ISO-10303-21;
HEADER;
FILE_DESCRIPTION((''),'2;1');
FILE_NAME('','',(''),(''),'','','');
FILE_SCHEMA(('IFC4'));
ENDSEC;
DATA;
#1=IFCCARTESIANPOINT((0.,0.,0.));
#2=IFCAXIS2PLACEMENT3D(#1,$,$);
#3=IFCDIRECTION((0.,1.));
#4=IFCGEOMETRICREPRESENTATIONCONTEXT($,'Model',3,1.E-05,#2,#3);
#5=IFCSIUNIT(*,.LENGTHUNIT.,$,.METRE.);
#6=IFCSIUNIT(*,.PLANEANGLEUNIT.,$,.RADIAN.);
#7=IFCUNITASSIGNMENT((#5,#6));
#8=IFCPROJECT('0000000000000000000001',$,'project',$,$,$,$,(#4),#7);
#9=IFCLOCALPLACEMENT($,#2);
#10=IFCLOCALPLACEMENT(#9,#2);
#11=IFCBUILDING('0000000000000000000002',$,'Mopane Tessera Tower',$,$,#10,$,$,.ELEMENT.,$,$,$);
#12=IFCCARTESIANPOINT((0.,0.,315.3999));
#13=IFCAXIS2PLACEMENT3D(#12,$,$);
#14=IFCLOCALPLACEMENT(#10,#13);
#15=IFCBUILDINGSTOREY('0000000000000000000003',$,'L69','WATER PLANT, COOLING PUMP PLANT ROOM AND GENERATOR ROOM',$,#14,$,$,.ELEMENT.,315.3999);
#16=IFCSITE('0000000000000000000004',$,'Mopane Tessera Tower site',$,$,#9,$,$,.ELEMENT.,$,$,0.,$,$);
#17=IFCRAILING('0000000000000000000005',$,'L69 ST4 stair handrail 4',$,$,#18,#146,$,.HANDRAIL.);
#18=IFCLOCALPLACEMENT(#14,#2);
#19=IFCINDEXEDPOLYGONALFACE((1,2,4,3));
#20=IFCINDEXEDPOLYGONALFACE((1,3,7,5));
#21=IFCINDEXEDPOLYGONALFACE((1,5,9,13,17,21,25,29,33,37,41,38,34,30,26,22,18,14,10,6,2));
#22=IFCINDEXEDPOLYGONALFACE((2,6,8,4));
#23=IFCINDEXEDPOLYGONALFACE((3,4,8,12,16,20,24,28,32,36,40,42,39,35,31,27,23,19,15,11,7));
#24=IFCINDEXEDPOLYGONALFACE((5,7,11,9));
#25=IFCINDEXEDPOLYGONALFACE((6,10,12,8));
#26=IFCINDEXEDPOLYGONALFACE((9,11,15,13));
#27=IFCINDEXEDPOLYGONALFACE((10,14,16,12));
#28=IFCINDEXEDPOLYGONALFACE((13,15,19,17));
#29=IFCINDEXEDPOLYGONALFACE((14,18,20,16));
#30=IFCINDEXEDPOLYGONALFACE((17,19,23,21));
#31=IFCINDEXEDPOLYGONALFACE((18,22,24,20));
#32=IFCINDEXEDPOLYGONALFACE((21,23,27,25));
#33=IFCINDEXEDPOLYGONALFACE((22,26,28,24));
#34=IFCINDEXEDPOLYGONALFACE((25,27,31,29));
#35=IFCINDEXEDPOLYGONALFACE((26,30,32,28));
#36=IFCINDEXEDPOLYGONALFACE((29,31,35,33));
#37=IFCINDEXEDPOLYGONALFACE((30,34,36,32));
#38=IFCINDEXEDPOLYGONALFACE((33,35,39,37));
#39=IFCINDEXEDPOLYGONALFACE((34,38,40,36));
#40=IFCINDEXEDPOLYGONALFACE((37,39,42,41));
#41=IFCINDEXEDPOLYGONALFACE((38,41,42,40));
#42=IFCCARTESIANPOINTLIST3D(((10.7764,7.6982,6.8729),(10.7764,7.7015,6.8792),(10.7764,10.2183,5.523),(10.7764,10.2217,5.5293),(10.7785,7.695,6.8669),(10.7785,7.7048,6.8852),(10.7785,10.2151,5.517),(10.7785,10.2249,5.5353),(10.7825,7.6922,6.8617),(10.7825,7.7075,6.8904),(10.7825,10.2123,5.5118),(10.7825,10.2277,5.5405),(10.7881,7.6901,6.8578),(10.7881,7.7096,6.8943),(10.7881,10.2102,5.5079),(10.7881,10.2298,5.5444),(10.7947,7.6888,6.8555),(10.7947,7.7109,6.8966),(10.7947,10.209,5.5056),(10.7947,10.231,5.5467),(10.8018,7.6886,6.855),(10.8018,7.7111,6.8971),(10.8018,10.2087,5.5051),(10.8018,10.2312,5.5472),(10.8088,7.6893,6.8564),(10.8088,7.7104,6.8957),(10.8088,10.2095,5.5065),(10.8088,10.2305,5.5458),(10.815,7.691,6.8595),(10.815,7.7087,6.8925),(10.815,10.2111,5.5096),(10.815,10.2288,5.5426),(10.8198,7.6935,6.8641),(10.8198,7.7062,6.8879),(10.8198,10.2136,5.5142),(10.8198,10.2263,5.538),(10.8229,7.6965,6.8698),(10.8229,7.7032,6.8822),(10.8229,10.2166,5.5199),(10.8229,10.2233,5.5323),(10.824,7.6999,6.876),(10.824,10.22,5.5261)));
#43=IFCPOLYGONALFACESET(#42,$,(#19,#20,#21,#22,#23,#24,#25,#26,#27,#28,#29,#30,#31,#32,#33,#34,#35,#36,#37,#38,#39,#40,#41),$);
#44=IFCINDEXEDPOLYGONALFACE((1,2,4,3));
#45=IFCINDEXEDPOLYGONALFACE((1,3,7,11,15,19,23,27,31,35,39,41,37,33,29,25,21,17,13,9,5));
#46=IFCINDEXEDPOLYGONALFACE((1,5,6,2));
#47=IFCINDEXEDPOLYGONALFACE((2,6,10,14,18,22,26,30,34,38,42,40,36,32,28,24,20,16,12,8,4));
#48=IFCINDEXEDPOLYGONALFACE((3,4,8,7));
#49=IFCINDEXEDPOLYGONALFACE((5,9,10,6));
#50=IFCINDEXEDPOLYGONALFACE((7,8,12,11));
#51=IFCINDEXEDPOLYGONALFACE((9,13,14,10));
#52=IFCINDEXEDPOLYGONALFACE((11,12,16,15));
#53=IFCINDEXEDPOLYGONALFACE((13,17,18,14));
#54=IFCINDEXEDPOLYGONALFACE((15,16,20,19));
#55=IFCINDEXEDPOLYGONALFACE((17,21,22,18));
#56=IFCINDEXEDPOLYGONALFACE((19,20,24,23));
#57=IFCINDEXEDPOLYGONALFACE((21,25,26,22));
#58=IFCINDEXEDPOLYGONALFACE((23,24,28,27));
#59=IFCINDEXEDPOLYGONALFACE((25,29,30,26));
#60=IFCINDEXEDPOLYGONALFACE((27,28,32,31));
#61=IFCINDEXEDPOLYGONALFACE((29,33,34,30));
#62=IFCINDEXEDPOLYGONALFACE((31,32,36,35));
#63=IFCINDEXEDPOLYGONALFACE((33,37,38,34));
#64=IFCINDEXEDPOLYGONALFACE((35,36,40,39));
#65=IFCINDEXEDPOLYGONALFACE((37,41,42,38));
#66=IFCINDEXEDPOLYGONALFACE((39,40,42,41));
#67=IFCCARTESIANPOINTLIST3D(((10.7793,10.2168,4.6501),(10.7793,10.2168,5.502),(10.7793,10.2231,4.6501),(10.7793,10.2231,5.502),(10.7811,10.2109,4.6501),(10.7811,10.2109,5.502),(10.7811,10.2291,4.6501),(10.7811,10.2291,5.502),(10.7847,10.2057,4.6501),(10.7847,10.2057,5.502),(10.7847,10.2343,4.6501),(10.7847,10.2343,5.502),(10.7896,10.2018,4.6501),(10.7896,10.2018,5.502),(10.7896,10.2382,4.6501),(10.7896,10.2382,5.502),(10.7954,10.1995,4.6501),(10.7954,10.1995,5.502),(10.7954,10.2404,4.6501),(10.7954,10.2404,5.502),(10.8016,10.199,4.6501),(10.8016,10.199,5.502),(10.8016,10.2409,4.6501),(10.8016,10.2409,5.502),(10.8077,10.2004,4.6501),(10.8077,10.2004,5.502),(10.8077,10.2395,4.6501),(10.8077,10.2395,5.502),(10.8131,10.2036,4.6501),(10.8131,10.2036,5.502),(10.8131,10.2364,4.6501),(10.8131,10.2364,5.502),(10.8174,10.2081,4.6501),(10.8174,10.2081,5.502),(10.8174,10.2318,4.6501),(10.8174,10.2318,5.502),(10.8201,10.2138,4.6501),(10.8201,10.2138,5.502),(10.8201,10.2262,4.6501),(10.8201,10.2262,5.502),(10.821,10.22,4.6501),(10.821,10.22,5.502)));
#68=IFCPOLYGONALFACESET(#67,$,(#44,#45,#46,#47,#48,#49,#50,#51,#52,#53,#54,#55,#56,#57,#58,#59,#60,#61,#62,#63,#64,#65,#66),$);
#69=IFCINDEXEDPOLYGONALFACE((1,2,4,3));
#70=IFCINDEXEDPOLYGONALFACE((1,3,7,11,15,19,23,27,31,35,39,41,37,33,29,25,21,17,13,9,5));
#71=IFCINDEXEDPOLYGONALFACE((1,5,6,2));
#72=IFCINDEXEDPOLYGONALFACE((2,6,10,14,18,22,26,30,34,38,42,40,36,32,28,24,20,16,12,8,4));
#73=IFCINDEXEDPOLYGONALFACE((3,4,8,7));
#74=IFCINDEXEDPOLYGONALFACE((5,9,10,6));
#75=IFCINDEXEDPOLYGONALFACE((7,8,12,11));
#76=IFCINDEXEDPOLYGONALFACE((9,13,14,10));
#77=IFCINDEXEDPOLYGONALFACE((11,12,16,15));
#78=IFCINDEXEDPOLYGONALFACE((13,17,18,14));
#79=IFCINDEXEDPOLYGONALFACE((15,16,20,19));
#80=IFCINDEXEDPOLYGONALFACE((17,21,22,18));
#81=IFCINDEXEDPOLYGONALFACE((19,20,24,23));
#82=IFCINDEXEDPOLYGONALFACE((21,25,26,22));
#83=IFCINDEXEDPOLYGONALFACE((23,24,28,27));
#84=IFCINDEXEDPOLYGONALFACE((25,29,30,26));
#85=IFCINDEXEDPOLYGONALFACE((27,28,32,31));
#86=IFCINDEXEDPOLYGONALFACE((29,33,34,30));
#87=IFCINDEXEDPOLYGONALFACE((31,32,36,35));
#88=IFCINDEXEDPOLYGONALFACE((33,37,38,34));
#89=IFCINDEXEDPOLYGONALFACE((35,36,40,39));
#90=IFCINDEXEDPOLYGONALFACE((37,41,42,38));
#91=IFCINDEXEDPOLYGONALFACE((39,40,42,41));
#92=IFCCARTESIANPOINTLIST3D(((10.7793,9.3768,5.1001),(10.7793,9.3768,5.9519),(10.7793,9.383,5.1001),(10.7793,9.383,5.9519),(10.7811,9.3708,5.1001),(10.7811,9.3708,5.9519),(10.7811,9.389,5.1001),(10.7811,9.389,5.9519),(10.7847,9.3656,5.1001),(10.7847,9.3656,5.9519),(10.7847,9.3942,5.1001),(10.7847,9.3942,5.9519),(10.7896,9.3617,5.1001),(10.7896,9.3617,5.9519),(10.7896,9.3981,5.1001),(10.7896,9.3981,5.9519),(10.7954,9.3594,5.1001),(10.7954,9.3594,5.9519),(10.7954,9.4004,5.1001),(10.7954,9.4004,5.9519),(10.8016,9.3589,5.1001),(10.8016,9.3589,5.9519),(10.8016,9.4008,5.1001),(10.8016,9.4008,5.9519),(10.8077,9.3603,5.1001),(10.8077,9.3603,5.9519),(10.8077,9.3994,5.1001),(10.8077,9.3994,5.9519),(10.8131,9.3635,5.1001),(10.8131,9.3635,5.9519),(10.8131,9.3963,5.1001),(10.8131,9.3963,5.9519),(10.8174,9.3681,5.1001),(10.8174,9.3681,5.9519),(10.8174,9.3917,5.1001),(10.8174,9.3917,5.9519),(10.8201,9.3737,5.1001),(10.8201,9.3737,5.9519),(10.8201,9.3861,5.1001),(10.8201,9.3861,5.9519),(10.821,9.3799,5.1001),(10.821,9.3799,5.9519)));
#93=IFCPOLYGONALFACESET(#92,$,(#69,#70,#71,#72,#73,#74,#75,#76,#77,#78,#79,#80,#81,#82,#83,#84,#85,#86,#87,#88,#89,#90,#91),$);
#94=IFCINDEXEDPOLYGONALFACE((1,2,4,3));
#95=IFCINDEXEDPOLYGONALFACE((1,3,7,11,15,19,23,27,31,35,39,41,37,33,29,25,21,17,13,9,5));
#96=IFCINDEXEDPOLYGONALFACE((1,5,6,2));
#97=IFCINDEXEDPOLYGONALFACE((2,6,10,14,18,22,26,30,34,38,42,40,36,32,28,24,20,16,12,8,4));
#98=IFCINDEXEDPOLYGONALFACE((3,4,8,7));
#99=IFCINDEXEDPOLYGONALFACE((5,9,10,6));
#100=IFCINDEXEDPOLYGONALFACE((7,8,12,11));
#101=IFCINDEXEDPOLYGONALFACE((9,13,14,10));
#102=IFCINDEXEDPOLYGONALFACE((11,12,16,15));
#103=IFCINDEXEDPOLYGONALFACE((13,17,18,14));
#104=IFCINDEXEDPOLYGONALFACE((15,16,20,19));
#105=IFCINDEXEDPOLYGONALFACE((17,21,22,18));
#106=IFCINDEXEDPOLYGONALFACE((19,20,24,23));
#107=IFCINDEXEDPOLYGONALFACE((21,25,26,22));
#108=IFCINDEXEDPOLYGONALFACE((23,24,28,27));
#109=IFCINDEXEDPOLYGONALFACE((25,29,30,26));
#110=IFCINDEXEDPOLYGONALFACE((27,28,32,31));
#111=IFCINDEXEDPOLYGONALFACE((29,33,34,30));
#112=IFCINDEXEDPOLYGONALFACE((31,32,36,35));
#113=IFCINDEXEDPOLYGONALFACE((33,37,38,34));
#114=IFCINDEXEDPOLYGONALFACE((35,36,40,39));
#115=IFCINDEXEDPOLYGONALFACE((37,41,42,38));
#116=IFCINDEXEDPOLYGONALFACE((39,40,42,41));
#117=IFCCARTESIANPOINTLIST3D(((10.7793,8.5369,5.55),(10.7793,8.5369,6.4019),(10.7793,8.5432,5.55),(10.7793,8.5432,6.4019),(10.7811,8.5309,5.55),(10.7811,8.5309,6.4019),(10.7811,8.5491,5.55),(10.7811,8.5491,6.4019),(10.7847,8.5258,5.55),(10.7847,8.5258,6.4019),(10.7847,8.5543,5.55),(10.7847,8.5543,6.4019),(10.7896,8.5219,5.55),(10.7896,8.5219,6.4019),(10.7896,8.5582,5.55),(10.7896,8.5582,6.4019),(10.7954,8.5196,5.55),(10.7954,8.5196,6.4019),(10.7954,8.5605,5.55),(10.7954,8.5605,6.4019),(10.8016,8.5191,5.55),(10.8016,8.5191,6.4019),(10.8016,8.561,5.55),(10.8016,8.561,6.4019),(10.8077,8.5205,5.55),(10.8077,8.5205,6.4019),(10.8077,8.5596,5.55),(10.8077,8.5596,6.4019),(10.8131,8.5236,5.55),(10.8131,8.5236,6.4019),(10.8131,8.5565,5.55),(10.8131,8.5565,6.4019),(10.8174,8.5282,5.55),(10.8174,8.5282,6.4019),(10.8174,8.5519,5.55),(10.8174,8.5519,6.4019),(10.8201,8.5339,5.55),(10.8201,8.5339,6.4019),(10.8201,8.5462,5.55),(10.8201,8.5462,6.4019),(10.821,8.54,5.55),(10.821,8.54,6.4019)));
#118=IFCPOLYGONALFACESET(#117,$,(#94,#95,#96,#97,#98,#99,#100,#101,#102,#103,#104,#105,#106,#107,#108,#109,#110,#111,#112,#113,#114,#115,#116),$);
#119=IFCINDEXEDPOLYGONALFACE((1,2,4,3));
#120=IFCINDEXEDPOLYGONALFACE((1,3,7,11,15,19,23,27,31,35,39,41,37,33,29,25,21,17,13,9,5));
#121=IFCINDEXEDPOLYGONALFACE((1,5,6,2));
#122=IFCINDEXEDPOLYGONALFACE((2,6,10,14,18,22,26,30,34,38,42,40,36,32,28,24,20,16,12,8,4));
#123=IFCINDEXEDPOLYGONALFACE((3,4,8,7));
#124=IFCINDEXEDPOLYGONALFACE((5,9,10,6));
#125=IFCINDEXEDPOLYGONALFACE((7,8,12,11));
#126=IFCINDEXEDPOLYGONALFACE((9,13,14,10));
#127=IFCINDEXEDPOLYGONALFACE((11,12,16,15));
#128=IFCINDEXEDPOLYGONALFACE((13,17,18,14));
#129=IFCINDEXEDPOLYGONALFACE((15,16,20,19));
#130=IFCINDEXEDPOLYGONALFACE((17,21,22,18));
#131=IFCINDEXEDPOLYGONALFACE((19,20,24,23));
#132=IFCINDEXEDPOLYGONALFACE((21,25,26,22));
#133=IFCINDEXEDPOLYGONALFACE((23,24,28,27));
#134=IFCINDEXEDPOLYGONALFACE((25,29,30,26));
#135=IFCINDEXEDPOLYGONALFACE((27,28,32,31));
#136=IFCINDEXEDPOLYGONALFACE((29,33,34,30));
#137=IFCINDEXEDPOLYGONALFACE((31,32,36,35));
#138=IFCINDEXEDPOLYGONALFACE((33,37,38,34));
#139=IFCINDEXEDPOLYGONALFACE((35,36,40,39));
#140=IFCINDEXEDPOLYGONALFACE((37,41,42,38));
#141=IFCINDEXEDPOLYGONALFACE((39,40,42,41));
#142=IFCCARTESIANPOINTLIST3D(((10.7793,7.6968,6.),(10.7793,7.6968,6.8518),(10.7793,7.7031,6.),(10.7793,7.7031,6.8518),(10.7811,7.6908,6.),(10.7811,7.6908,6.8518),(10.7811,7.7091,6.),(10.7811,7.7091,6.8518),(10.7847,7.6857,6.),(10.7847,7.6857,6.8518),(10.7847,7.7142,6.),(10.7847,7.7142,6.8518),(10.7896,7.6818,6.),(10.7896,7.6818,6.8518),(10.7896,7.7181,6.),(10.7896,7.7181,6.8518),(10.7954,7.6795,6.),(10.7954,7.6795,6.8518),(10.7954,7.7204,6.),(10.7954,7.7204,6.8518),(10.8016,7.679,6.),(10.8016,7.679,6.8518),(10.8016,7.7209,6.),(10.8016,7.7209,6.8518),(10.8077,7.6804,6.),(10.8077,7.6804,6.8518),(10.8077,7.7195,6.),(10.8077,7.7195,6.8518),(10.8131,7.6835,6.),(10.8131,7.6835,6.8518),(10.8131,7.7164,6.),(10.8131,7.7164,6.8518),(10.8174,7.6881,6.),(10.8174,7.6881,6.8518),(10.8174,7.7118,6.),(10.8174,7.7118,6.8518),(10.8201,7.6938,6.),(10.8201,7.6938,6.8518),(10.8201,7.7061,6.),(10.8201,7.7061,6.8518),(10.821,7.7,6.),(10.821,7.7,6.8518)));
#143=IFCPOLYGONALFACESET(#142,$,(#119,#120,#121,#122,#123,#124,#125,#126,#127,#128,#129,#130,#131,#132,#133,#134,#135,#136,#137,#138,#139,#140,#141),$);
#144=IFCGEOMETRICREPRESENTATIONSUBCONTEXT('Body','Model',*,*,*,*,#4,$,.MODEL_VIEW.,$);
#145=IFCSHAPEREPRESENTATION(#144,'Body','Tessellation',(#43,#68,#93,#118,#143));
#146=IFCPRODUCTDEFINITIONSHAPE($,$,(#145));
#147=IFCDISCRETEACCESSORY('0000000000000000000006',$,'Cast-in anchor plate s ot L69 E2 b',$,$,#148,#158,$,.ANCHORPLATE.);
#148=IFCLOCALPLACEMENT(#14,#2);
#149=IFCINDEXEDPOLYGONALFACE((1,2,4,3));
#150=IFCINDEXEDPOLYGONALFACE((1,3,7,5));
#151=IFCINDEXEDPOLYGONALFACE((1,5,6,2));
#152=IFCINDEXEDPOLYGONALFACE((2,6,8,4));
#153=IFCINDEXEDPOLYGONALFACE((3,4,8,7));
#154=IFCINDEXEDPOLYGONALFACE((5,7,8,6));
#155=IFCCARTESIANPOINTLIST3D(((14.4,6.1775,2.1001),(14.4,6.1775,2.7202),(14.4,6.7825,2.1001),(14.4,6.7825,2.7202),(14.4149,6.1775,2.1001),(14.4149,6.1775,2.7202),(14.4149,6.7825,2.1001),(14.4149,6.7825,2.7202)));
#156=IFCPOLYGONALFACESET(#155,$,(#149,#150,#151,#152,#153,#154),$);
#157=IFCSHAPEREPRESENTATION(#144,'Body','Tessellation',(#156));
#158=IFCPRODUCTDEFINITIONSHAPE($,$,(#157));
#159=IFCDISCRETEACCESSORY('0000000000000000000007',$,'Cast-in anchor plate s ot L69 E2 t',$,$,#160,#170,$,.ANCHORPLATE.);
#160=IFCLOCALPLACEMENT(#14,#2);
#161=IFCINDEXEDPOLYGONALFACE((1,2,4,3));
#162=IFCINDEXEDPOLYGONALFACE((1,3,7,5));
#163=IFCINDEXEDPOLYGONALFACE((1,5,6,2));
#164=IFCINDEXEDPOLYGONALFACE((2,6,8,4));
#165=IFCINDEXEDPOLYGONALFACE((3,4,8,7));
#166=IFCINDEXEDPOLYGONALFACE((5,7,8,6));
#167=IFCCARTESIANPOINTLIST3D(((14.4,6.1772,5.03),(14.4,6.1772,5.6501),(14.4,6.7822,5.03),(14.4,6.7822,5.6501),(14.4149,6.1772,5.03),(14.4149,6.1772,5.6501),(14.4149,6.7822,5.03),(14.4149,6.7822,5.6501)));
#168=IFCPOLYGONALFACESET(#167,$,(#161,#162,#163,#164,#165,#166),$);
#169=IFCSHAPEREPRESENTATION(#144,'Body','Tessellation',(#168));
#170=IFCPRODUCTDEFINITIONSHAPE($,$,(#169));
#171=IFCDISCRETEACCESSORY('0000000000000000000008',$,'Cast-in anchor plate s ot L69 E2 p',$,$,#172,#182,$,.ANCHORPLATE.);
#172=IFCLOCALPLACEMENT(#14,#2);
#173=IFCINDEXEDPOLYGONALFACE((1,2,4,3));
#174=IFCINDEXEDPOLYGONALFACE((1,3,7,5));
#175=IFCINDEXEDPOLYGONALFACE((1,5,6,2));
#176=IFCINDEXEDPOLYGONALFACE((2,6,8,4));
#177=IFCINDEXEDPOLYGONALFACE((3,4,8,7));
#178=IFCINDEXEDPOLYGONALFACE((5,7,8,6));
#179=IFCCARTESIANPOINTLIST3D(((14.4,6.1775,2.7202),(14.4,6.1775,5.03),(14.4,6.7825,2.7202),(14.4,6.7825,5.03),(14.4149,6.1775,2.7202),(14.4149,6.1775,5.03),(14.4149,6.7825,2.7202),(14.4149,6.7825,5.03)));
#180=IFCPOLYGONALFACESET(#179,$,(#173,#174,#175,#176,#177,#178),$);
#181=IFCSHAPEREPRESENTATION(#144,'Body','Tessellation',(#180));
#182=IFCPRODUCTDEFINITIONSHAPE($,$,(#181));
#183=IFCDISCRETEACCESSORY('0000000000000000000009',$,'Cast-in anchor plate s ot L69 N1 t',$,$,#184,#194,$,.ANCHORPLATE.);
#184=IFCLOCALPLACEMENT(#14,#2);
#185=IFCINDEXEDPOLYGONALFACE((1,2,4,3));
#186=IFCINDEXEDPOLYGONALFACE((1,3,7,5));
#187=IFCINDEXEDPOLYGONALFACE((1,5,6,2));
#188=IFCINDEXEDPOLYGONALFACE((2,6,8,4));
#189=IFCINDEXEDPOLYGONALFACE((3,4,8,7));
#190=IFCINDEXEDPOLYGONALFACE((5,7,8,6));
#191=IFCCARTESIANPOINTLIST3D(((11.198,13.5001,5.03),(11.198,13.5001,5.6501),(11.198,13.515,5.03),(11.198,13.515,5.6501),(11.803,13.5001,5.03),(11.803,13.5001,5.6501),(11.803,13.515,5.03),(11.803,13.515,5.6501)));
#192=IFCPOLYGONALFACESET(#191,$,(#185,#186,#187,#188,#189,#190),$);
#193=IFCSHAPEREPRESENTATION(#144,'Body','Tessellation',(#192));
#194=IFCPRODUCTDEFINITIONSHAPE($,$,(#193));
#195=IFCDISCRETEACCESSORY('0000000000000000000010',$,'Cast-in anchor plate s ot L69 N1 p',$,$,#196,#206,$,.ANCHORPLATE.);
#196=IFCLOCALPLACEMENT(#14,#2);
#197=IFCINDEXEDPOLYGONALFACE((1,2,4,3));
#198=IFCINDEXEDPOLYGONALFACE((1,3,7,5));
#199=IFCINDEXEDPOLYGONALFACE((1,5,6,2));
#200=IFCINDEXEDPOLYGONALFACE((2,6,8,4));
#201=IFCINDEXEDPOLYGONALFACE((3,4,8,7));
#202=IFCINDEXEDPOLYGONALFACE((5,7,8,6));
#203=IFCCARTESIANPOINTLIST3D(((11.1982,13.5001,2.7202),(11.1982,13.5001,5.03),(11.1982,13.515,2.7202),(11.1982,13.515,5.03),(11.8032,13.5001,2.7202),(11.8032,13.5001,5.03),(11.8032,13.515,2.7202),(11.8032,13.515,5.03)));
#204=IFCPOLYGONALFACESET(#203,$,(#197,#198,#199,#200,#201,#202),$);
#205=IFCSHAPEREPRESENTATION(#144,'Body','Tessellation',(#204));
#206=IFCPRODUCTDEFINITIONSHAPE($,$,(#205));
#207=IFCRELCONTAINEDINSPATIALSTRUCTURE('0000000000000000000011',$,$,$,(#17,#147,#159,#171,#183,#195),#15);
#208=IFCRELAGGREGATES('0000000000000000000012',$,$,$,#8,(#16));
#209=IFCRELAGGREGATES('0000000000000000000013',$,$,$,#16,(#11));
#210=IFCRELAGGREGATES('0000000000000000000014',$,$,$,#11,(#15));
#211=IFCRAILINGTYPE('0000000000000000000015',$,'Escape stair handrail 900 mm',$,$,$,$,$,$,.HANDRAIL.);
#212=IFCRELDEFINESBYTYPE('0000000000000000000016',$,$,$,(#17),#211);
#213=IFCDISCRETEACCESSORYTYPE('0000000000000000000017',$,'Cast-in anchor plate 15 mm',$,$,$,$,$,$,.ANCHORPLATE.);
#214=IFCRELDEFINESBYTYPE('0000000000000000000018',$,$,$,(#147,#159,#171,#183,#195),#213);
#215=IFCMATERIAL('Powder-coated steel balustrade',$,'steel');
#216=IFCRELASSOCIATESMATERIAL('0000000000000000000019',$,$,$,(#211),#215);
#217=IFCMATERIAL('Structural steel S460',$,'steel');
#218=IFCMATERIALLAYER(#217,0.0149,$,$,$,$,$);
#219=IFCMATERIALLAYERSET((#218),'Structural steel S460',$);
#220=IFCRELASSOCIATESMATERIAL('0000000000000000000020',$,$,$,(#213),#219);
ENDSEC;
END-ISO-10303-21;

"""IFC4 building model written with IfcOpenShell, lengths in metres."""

from ifc_helpers import new_model, si_unit, direction, frame, origin, origin_2d, place, context, subcontext, project, spatial, rectangle, circle, extrude, material, layer, layer_set, type_object, element, save


model = new_model("IFC4")

# Units and contexts
model_context = context("Model", 3, precision=1e-05, world=origin(), true_north=direction((0.0, 1.0)))
body_context = subcontext(model_context, "Body", "Model", "MODEL_VIEW")
ifc_project = project(units=[si_unit("LENGTHUNIT", "METRE"), si_unit("PLANEANGLEUNIT", "RADIAN")], contexts=[model_context])

# Site, building, storey
site_placement = place(None, origin())
site = spatial("IfcSite", under=ifc_project, at=site_placement, Name="Mopane Tessera Tower site", CompositionType="ELEMENT", RefElevation=0.0)
building_placement = place(site_placement, origin())
building = spatial("IfcBuilding", under=site, at=building_placement, Name="Mopane Tessera Tower", CompositionType="ELEMENT")
storey_placement = place(building_placement, frame((0.0, 0.0, 315.3999)))
storey = spatial("IfcBuildingStorey", under=building, at=storey_placement, Name="L69", Description="WATER PLANT, COOLING PUMP PLANT ROOM AND GENERATOR ROOM", CompositionType="ELEMENT", Elevation=315.3999)

# Railing
ifc_material_1 = material(Name="Powder-coated steel balustrade", Category="steel")
railing_type_1 = type_object("IfcRailingType", Name="Escape stair handrail 900 mm", PredefinedType="HANDRAIL", material=ifc_material_1)
railing_1_placement = place(storey_placement, frame((10.8, 10.22, 4.6501)))
element("IfcRailing", 1, at=railing_1_placement, inside=storey, type_object=railing_type_1, Name="L69 ST4 stair handrail 4", PredefinedType="HANDRAIL", context=body_context, shape_type="SweptSolid", body=[
    extrude(circle(Radius=0.0239, at=origin_2d()), frame((0.0, 0.0, 0.876), z_axis=(0.0, -0.881503, 0.472179), x_axis=(1.0, 0.0, 0.0)), (0.0, 0.0, 1.0), 2.8589),
    extrude(circle(Radius=0.021, at=origin_2d()), origin(), (0.0, 0.0, 1.0), 0.8518),
    extrude(circle(Radius=0.021, at=origin_2d()), frame((0.0, -0.8401, 0.45)), (0.0, 0.0, 1.0), 0.8518),
    extrude(circle(Radius=0.021, at=origin_2d()), frame((0.0, -1.6799, 0.8999)), (0.0, 0.0, 1.0), 0.8518),
    extrude(circle(Radius=0.021, at=origin_2d()), frame((0.0, -2.52, 1.3499)), (0.0, 0.0, 1.0), 0.8518),
])

# Discrete accessories
ifc_material_2 = material(Name="Structural steel S460", Category="steel")
ifc_layer_1 = layer(ifc_material_2, 0.0149)
ifc_layer_set_1 = layer_set([ifc_layer_1], Name="Structural steel S460")
discrete_accessory_type_1 = type_object("IfcDiscreteAccessoryType", Name="Cast-in anchor plate 15 mm", PredefinedType="ANCHORPLATE", material=ifc_layer_set_1)
for number, where, z_axis, x_axis, name in (
    (2, (14.4075, 6.48, 2.1001), (0.0, 0.0, 1.0), (1.0, 0.0, 0.0), "Cast-in anchor plate s ot L69 E2 b"),
    (3, (14.4075, 6.4797, 5.03), (0.0, 0.0, 1.0), (1.0, 0.0, 0.0), "Cast-in anchor plate s ot L69 E2 t"),
):
    element("IfcDiscreteAccessory", number, at=place(storey_placement, frame(where, z_axis=z_axis, x_axis=x_axis)), inside=storey, type_object=discrete_accessory_type_1, Name=name, PredefinedType="ANCHORPLATE", context=body_context, shape_type="SweptSolid", body=[
        extrude(rectangle(XDim=0.0149, YDim=0.605, at=origin_2d()), origin(), (0.0, 0.0, 1.0), 0.6201),
    ])
discrete_accessory_1_placement = place(storey_placement, frame((14.4075, 6.48, 2.7202), z_axis=(0.0, 0.0, 1.0), x_axis=(1.0, 0.0, 0.0)))
element("IfcDiscreteAccessory", 4, at=discrete_accessory_1_placement, inside=storey, type_object=discrete_accessory_type_1, Name="Cast-in anchor plate s ot L69 E2 p", PredefinedType="ANCHORPLATE", context=body_context, shape_type="SweptSolid", body=[
    extrude(rectangle(XDim=0.0149, YDim=0.605, at=origin_2d()), origin(), (0.0, 0.0, 1.0), 2.3098),
])
discrete_accessory_2_placement = place(storey_placement, frame((11.5005, 13.5076, 5.03), z_axis=(0.0, 0.0, 1.0), x_axis=(0.0, 1.0, 0.0)))
element("IfcDiscreteAccessory", 5, at=discrete_accessory_2_placement, inside=storey, type_object=discrete_accessory_type_1, Name="Cast-in anchor plate s ot L69 N1 t", PredefinedType="ANCHORPLATE", context=body_context, shape_type="SweptSolid", body=[
    extrude(rectangle(XDim=0.0149, YDim=0.605, at=origin_2d()), origin(), (0.0, 0.0, 1.0), 0.6201),
])
discrete_accessory_3_placement = place(storey_placement, frame((11.5007, 13.5076, 2.7202), z_axis=(0.0, 0.0, 1.0), x_axis=(0.0, 1.0, 0.0)))
element("IfcDiscreteAccessory", 6, at=discrete_accessory_3_placement, inside=storey, type_object=discrete_accessory_type_1, Name="Cast-in anchor plate s ot L69 N1 p", PredefinedType="ANCHORPLATE", context=body_context, shape_type="SweptSolid", body=[
    extrude(rectangle(XDim=0.0149, YDim=0.605, at=origin_2d()), origin(), (0.0, 0.0, 1.0), 2.3098),
])

save(model, "model.ifc")
